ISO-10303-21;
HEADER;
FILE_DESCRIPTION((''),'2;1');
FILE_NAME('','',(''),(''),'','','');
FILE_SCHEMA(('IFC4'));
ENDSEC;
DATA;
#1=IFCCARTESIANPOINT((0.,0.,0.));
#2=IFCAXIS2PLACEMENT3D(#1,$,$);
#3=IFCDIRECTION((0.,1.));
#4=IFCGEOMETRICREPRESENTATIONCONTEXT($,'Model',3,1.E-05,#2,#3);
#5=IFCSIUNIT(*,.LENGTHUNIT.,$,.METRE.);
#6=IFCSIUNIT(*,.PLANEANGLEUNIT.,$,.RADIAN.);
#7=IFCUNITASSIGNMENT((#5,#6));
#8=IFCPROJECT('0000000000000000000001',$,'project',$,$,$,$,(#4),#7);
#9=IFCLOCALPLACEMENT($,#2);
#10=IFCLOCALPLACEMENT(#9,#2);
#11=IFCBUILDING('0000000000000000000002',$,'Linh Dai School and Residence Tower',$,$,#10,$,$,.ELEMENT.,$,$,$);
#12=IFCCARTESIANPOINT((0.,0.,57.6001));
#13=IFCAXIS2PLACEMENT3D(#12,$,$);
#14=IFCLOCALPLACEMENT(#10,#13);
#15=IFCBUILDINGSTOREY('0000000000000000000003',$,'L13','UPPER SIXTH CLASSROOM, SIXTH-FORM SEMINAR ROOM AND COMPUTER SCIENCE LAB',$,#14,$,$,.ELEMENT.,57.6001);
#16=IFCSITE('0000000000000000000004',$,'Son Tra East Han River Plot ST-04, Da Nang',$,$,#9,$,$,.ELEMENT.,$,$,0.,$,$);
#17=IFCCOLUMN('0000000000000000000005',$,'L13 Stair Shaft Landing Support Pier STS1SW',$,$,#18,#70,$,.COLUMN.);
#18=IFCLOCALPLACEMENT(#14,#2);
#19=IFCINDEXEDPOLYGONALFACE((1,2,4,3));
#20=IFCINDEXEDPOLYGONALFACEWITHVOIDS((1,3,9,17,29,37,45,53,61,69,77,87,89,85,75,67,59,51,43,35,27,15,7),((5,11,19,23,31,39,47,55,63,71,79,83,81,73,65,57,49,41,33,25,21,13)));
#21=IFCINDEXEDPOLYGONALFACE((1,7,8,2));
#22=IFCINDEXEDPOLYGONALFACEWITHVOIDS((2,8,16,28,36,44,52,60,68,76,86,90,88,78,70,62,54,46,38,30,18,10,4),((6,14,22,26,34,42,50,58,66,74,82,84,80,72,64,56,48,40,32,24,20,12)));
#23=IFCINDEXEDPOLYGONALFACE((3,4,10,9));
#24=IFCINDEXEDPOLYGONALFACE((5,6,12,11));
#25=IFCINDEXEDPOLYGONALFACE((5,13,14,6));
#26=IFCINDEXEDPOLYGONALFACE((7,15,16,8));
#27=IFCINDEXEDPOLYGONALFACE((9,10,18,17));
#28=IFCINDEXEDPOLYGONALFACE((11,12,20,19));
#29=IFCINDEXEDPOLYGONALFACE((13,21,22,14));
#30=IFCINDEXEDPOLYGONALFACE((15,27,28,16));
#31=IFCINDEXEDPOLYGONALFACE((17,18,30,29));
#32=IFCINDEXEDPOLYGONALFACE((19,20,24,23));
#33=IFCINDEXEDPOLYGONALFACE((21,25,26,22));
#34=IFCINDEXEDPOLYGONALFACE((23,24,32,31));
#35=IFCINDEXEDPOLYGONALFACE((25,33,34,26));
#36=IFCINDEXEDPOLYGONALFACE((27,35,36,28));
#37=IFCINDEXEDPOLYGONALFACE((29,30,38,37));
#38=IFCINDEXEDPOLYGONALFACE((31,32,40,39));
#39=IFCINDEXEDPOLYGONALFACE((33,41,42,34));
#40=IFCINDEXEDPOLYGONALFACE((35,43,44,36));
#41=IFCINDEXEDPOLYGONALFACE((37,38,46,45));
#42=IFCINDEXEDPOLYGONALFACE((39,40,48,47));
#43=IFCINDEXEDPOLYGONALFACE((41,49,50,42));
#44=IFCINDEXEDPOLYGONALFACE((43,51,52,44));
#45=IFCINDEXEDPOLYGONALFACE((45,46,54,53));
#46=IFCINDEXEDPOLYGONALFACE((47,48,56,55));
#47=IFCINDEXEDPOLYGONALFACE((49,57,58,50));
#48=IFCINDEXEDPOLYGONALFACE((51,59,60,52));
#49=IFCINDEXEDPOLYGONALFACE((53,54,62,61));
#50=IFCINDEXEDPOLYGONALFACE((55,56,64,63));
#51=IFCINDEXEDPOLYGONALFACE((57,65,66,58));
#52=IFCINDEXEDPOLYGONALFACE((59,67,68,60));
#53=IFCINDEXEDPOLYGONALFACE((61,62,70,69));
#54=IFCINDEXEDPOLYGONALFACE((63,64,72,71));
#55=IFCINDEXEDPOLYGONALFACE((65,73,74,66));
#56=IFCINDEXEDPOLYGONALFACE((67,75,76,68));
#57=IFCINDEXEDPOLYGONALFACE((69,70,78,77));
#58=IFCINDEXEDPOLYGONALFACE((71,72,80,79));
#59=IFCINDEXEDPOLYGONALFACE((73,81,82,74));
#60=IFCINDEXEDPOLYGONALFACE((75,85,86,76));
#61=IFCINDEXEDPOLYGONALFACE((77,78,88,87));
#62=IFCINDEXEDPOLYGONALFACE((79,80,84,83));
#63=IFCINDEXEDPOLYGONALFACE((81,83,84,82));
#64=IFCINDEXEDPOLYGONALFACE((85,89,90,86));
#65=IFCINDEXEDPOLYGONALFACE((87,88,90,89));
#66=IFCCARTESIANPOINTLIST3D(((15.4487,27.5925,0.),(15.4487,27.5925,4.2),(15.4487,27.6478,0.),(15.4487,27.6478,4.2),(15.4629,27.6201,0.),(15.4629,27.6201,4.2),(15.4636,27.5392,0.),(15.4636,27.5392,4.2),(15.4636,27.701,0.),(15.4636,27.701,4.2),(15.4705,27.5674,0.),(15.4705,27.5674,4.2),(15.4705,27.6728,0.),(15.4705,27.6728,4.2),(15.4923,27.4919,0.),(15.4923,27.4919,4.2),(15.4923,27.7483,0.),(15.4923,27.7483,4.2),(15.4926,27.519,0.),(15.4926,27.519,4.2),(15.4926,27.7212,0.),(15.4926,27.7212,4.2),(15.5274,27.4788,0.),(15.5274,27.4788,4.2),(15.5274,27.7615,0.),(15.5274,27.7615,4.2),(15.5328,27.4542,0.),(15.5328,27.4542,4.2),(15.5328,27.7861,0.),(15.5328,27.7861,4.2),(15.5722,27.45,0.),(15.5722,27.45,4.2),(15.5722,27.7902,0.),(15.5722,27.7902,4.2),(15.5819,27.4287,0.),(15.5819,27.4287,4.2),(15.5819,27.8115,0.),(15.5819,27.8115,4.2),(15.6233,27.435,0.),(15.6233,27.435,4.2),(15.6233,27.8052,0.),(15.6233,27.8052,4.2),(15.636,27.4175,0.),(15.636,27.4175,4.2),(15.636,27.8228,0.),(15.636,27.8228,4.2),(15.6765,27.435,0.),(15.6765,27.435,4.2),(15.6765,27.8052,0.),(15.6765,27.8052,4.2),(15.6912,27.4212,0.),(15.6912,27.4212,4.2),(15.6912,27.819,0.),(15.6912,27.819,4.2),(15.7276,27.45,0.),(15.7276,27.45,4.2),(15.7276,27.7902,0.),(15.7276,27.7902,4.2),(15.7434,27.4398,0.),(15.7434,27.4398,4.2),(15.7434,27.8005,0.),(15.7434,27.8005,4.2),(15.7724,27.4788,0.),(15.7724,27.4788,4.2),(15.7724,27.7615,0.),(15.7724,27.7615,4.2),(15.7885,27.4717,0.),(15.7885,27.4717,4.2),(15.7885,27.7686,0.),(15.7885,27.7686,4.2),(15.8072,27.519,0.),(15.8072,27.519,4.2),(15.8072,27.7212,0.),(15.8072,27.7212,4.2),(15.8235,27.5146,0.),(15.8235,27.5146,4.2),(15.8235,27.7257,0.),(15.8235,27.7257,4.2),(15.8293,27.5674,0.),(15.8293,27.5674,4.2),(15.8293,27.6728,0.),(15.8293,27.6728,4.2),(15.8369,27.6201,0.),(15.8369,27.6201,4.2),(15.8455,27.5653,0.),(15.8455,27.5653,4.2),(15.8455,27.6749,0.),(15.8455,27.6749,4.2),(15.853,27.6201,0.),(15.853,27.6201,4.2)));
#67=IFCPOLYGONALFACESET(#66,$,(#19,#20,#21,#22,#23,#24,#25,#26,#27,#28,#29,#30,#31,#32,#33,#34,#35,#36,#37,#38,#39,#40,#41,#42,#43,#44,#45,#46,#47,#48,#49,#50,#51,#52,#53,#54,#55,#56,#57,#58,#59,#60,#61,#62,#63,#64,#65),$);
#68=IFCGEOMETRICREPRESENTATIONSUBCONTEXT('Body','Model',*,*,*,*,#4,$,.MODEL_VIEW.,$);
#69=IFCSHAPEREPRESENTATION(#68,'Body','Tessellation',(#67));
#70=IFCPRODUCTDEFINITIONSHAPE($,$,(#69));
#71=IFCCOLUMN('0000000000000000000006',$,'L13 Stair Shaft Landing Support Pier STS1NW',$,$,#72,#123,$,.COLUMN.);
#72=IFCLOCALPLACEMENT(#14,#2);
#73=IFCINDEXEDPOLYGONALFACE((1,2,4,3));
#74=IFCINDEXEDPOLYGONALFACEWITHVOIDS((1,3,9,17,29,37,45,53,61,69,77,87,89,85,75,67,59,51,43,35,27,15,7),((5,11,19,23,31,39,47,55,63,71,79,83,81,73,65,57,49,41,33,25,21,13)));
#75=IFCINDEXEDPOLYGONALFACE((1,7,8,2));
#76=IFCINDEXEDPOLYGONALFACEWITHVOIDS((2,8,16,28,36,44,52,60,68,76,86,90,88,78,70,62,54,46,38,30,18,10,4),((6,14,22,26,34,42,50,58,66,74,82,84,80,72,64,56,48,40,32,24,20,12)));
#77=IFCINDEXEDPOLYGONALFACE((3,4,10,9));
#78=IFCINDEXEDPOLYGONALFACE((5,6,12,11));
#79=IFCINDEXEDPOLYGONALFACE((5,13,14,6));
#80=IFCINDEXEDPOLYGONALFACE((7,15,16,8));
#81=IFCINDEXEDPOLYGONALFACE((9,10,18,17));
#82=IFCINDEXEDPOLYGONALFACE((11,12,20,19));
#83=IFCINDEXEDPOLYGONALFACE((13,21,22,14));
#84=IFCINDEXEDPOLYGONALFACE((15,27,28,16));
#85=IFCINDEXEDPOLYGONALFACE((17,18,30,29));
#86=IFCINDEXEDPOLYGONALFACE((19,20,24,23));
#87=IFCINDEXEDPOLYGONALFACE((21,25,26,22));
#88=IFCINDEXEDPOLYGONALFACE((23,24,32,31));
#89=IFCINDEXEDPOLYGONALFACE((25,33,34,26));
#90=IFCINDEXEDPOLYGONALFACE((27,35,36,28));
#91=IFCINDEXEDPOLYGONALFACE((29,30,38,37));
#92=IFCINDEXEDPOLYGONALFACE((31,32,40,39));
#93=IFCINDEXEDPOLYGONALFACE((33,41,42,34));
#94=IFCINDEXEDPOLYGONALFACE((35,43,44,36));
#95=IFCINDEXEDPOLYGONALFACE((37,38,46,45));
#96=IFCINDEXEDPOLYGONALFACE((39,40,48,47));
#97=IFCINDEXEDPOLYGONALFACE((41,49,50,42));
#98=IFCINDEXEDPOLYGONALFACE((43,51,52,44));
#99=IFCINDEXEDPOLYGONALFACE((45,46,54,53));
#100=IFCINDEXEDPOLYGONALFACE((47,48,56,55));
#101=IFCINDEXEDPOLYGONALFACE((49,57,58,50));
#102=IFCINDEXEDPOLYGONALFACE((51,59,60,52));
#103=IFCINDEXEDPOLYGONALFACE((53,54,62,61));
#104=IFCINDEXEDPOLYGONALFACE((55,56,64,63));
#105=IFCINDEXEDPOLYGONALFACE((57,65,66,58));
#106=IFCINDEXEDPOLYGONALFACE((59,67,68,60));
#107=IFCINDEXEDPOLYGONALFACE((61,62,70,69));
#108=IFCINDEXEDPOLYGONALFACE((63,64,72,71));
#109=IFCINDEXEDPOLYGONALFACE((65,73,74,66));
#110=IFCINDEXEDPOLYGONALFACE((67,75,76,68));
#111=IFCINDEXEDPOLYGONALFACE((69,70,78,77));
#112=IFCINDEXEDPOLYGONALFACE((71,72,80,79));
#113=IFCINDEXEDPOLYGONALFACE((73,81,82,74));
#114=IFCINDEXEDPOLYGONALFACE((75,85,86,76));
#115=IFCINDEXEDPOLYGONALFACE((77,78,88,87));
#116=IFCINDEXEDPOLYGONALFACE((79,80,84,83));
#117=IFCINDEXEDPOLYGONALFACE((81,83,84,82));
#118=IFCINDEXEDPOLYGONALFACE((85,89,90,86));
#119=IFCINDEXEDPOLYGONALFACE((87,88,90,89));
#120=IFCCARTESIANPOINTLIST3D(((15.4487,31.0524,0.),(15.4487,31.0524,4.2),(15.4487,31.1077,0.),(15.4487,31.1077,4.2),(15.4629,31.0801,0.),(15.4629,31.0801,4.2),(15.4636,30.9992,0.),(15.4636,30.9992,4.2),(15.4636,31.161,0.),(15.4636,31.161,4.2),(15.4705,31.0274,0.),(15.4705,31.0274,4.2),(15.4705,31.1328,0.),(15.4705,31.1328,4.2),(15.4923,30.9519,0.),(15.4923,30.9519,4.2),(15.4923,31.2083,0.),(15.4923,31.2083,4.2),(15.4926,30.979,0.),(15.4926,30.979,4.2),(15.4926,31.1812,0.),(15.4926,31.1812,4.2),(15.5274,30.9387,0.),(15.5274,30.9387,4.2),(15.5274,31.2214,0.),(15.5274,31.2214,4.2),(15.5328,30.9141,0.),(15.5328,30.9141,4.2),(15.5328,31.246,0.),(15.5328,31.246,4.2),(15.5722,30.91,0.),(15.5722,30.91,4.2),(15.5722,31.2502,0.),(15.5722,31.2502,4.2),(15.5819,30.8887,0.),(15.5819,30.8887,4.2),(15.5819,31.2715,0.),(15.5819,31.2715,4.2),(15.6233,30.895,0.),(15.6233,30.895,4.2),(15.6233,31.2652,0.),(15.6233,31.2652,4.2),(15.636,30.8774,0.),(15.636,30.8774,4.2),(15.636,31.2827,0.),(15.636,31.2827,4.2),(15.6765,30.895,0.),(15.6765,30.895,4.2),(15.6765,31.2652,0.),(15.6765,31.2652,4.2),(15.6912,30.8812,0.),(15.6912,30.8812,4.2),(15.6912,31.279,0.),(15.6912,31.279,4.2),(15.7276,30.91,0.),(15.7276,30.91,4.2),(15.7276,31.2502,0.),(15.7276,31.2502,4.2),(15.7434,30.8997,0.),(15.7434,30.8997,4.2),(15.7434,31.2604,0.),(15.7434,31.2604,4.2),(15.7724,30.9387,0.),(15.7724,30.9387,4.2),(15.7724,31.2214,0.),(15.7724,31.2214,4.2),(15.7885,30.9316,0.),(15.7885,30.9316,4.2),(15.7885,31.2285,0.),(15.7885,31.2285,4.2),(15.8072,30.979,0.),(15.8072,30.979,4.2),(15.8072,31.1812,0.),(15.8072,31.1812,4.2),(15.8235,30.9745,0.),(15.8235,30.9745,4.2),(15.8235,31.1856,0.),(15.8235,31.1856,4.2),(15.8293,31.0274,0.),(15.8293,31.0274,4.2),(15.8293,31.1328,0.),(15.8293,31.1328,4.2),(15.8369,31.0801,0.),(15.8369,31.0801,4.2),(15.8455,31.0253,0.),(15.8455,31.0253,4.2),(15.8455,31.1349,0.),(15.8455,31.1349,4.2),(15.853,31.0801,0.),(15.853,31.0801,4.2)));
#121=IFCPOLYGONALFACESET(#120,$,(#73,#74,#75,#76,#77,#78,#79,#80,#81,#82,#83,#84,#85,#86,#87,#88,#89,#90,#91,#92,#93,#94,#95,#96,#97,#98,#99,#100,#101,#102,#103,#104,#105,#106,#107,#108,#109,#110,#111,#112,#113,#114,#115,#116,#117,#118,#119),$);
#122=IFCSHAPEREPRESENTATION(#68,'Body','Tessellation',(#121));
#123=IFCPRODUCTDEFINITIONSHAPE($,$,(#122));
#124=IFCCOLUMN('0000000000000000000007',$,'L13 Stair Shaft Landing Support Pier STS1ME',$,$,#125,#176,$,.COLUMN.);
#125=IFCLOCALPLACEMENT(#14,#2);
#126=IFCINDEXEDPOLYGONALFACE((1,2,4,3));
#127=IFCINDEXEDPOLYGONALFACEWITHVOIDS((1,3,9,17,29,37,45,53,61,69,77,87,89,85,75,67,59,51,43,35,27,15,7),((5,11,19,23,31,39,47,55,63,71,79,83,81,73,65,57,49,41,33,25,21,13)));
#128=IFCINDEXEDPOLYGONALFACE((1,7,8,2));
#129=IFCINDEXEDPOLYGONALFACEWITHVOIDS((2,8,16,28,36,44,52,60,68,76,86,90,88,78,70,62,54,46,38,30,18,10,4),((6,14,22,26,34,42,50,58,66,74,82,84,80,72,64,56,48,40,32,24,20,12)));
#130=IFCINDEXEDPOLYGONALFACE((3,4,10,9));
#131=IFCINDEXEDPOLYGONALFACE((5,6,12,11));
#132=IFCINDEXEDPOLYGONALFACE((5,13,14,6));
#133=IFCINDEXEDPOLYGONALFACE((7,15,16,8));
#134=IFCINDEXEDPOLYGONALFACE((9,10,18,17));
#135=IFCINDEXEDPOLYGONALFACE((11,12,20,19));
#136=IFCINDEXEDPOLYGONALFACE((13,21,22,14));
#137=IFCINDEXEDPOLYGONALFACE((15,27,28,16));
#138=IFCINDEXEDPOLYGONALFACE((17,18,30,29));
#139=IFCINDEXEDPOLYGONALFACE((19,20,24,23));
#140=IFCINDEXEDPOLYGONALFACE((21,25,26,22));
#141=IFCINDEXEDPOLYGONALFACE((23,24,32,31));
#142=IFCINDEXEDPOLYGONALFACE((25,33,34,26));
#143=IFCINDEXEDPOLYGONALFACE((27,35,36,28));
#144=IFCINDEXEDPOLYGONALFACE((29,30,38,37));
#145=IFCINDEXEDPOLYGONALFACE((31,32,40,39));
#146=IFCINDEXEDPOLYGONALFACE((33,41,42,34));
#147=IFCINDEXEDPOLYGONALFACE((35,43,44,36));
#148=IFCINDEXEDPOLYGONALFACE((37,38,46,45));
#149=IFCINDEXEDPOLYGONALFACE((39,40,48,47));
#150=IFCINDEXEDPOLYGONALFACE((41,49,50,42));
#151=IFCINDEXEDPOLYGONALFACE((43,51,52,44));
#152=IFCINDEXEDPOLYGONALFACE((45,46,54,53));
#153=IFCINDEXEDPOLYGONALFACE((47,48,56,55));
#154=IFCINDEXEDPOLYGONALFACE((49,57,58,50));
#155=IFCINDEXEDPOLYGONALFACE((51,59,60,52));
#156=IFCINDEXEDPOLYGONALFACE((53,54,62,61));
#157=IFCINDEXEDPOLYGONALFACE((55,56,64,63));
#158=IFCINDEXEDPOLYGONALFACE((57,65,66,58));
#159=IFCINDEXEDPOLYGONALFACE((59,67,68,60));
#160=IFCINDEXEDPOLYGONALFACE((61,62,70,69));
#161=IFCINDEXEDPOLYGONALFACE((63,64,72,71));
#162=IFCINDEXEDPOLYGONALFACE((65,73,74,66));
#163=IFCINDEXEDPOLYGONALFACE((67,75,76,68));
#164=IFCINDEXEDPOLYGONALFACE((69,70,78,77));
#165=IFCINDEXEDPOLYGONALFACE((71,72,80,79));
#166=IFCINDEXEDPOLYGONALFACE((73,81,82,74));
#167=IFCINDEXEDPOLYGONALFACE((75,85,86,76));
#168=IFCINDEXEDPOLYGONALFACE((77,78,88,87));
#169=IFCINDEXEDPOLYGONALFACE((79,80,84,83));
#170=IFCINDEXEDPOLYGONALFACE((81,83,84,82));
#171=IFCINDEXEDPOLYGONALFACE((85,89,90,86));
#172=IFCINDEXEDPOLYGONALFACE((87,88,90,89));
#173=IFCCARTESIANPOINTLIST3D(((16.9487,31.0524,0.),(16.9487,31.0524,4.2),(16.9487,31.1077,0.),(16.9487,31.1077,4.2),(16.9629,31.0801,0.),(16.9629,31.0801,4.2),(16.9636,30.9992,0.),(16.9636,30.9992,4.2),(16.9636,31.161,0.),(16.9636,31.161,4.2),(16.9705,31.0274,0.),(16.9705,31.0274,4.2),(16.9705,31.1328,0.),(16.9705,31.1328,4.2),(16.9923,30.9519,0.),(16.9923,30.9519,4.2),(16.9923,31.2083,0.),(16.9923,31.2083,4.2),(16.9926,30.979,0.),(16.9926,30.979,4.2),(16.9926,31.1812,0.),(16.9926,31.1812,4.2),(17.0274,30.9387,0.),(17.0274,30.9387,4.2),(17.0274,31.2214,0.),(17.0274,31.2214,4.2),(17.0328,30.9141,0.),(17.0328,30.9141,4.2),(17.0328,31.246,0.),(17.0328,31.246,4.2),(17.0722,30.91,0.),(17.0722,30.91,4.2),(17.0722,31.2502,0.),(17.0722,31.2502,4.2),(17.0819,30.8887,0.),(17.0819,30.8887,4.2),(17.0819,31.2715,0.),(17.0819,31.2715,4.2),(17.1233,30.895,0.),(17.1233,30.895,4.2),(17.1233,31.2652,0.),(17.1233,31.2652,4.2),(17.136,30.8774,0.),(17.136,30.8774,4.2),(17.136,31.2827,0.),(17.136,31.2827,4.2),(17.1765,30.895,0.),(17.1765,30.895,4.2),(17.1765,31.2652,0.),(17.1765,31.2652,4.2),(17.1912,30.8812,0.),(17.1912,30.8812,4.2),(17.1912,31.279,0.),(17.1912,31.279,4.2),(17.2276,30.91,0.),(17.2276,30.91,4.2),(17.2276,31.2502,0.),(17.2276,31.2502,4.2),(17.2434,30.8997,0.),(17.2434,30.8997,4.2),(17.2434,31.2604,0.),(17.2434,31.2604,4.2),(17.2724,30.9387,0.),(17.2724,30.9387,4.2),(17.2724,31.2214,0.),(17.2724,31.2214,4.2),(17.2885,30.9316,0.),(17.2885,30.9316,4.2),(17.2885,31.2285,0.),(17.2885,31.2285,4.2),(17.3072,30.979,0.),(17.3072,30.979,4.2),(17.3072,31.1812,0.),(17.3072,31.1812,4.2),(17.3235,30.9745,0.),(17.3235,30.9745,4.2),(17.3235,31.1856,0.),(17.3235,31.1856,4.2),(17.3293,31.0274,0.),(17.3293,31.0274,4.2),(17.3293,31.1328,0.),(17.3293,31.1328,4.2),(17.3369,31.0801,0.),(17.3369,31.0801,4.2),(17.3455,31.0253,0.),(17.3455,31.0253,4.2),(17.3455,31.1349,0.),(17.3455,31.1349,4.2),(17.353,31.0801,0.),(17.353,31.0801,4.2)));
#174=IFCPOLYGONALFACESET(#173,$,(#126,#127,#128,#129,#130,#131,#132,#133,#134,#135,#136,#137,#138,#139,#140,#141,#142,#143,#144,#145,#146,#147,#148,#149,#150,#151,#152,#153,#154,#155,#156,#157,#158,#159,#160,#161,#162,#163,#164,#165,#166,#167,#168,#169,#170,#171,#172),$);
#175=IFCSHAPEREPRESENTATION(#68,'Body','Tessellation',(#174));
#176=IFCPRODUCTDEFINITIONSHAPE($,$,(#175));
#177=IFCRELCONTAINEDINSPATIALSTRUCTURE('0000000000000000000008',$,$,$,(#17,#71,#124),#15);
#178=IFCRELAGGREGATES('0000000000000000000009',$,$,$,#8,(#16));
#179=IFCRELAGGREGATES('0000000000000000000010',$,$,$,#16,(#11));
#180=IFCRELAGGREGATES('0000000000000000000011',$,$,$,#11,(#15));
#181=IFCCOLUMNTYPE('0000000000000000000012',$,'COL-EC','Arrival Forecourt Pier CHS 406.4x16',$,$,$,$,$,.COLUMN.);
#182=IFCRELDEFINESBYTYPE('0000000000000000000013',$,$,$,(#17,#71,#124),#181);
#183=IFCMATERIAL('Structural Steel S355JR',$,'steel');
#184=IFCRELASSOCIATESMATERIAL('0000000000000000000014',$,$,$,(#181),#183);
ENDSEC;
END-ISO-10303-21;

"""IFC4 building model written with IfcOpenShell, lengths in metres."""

from ifc_helpers import new_model, si_unit, direction, frame, origin, origin_2d, place, context, subcontext, project, spatial, hollow_circle, extrude, material, material_profile, profile_set, type_object, element, save


model = new_model("IFC4")

# Units and contexts
model_context = context("Model", 3, precision=1e-05, world=origin(), true_north=direction((0.0, 1.0)))
body_context = subcontext(model_context, "Body", "Model", "MODEL_VIEW")
ifc_project = project(units=[si_unit("LENGTHUNIT", "METRE"), si_unit("PLANEANGLEUNIT", "RADIAN")], contexts=[model_context])

# Site, building, storey
site_placement = place(None, origin())
site = spatial("IfcSite", under=ifc_project, at=site_placement, Name="Son Tra East Han River Plot ST-04, Da Nang", CompositionType="ELEMENT", RefElevation=0.0)
building_placement = place(site_placement, origin())
building = spatial("IfcBuilding", under=site, at=building_placement, Name="Linh Dai School and Residence Tower", CompositionType="ELEMENT")
storey_placement = place(building_placement, frame((0.0, 0.0, 57.6001)))
storey = spatial("IfcBuildingStorey", under=building, at=storey_placement, Name="L13", Description="UPPER SIXTH CLASSROOM, SIXTH-FORM SEMINAR ROOM AND COMPUTER SCIENCE LAB", CompositionType="ELEMENT", Elevation=57.6001)

# Columns
ifc_material_1 = material(Name="Structural Steel S355JR", Category="steel")
ifc_material_profile_1 = material_profile(ifc_material_1, hollow_circle(Radius=0.2031, WallThickness=0.0161, at=origin_2d()), Name="CHS 406.4x16")
ifc_profile_set_1 = profile_set([ifc_material_profile_1], Name="Structural Steel S355JR")
column_type_1 = type_object("IfcColumnType", Name="COL-EC", Description="Arrival Forecourt Pier CHS 406.4x16", PredefinedType="COLUMN", material=ifc_profile_set_1)
for number, where, z_axis, x_axis, name in (
    (1, (15.6499, 27.6201, 0.0), (0.0, 0.0, 1.0), (1.0, 0.0, 0.0), "L13 Stair Shaft Landing Support Pier STS1SW"),
    (2, (15.6499, 31.0801, 0.0), (0.0, 0.0, 1.0), (1.0, 0.0, 0.0), "L13 Stair Shaft Landing Support Pier STS1NW"),
    (3, (17.1499, 31.0801, 0.0), (0.0, 0.0, 1.0), (1.0, 0.0, 0.0), "L13 Stair Shaft Landing Support Pier STS1ME"),
):
    element("IfcColumn", number, at=place(storey_placement, frame(where, z_axis=z_axis, x_axis=x_axis)), inside=storey, type_object=column_type_1, Name=name, PredefinedType="COLUMN", context=body_context, shape_type="SweptSolid", body=[
        extrude(hollow_circle(Radius=0.2031, WallThickness=0.0161, at=origin_2d()), origin(), (0.0, 0.0, 1.0), 4.2),
    ])

save(model, "model.ifc")
